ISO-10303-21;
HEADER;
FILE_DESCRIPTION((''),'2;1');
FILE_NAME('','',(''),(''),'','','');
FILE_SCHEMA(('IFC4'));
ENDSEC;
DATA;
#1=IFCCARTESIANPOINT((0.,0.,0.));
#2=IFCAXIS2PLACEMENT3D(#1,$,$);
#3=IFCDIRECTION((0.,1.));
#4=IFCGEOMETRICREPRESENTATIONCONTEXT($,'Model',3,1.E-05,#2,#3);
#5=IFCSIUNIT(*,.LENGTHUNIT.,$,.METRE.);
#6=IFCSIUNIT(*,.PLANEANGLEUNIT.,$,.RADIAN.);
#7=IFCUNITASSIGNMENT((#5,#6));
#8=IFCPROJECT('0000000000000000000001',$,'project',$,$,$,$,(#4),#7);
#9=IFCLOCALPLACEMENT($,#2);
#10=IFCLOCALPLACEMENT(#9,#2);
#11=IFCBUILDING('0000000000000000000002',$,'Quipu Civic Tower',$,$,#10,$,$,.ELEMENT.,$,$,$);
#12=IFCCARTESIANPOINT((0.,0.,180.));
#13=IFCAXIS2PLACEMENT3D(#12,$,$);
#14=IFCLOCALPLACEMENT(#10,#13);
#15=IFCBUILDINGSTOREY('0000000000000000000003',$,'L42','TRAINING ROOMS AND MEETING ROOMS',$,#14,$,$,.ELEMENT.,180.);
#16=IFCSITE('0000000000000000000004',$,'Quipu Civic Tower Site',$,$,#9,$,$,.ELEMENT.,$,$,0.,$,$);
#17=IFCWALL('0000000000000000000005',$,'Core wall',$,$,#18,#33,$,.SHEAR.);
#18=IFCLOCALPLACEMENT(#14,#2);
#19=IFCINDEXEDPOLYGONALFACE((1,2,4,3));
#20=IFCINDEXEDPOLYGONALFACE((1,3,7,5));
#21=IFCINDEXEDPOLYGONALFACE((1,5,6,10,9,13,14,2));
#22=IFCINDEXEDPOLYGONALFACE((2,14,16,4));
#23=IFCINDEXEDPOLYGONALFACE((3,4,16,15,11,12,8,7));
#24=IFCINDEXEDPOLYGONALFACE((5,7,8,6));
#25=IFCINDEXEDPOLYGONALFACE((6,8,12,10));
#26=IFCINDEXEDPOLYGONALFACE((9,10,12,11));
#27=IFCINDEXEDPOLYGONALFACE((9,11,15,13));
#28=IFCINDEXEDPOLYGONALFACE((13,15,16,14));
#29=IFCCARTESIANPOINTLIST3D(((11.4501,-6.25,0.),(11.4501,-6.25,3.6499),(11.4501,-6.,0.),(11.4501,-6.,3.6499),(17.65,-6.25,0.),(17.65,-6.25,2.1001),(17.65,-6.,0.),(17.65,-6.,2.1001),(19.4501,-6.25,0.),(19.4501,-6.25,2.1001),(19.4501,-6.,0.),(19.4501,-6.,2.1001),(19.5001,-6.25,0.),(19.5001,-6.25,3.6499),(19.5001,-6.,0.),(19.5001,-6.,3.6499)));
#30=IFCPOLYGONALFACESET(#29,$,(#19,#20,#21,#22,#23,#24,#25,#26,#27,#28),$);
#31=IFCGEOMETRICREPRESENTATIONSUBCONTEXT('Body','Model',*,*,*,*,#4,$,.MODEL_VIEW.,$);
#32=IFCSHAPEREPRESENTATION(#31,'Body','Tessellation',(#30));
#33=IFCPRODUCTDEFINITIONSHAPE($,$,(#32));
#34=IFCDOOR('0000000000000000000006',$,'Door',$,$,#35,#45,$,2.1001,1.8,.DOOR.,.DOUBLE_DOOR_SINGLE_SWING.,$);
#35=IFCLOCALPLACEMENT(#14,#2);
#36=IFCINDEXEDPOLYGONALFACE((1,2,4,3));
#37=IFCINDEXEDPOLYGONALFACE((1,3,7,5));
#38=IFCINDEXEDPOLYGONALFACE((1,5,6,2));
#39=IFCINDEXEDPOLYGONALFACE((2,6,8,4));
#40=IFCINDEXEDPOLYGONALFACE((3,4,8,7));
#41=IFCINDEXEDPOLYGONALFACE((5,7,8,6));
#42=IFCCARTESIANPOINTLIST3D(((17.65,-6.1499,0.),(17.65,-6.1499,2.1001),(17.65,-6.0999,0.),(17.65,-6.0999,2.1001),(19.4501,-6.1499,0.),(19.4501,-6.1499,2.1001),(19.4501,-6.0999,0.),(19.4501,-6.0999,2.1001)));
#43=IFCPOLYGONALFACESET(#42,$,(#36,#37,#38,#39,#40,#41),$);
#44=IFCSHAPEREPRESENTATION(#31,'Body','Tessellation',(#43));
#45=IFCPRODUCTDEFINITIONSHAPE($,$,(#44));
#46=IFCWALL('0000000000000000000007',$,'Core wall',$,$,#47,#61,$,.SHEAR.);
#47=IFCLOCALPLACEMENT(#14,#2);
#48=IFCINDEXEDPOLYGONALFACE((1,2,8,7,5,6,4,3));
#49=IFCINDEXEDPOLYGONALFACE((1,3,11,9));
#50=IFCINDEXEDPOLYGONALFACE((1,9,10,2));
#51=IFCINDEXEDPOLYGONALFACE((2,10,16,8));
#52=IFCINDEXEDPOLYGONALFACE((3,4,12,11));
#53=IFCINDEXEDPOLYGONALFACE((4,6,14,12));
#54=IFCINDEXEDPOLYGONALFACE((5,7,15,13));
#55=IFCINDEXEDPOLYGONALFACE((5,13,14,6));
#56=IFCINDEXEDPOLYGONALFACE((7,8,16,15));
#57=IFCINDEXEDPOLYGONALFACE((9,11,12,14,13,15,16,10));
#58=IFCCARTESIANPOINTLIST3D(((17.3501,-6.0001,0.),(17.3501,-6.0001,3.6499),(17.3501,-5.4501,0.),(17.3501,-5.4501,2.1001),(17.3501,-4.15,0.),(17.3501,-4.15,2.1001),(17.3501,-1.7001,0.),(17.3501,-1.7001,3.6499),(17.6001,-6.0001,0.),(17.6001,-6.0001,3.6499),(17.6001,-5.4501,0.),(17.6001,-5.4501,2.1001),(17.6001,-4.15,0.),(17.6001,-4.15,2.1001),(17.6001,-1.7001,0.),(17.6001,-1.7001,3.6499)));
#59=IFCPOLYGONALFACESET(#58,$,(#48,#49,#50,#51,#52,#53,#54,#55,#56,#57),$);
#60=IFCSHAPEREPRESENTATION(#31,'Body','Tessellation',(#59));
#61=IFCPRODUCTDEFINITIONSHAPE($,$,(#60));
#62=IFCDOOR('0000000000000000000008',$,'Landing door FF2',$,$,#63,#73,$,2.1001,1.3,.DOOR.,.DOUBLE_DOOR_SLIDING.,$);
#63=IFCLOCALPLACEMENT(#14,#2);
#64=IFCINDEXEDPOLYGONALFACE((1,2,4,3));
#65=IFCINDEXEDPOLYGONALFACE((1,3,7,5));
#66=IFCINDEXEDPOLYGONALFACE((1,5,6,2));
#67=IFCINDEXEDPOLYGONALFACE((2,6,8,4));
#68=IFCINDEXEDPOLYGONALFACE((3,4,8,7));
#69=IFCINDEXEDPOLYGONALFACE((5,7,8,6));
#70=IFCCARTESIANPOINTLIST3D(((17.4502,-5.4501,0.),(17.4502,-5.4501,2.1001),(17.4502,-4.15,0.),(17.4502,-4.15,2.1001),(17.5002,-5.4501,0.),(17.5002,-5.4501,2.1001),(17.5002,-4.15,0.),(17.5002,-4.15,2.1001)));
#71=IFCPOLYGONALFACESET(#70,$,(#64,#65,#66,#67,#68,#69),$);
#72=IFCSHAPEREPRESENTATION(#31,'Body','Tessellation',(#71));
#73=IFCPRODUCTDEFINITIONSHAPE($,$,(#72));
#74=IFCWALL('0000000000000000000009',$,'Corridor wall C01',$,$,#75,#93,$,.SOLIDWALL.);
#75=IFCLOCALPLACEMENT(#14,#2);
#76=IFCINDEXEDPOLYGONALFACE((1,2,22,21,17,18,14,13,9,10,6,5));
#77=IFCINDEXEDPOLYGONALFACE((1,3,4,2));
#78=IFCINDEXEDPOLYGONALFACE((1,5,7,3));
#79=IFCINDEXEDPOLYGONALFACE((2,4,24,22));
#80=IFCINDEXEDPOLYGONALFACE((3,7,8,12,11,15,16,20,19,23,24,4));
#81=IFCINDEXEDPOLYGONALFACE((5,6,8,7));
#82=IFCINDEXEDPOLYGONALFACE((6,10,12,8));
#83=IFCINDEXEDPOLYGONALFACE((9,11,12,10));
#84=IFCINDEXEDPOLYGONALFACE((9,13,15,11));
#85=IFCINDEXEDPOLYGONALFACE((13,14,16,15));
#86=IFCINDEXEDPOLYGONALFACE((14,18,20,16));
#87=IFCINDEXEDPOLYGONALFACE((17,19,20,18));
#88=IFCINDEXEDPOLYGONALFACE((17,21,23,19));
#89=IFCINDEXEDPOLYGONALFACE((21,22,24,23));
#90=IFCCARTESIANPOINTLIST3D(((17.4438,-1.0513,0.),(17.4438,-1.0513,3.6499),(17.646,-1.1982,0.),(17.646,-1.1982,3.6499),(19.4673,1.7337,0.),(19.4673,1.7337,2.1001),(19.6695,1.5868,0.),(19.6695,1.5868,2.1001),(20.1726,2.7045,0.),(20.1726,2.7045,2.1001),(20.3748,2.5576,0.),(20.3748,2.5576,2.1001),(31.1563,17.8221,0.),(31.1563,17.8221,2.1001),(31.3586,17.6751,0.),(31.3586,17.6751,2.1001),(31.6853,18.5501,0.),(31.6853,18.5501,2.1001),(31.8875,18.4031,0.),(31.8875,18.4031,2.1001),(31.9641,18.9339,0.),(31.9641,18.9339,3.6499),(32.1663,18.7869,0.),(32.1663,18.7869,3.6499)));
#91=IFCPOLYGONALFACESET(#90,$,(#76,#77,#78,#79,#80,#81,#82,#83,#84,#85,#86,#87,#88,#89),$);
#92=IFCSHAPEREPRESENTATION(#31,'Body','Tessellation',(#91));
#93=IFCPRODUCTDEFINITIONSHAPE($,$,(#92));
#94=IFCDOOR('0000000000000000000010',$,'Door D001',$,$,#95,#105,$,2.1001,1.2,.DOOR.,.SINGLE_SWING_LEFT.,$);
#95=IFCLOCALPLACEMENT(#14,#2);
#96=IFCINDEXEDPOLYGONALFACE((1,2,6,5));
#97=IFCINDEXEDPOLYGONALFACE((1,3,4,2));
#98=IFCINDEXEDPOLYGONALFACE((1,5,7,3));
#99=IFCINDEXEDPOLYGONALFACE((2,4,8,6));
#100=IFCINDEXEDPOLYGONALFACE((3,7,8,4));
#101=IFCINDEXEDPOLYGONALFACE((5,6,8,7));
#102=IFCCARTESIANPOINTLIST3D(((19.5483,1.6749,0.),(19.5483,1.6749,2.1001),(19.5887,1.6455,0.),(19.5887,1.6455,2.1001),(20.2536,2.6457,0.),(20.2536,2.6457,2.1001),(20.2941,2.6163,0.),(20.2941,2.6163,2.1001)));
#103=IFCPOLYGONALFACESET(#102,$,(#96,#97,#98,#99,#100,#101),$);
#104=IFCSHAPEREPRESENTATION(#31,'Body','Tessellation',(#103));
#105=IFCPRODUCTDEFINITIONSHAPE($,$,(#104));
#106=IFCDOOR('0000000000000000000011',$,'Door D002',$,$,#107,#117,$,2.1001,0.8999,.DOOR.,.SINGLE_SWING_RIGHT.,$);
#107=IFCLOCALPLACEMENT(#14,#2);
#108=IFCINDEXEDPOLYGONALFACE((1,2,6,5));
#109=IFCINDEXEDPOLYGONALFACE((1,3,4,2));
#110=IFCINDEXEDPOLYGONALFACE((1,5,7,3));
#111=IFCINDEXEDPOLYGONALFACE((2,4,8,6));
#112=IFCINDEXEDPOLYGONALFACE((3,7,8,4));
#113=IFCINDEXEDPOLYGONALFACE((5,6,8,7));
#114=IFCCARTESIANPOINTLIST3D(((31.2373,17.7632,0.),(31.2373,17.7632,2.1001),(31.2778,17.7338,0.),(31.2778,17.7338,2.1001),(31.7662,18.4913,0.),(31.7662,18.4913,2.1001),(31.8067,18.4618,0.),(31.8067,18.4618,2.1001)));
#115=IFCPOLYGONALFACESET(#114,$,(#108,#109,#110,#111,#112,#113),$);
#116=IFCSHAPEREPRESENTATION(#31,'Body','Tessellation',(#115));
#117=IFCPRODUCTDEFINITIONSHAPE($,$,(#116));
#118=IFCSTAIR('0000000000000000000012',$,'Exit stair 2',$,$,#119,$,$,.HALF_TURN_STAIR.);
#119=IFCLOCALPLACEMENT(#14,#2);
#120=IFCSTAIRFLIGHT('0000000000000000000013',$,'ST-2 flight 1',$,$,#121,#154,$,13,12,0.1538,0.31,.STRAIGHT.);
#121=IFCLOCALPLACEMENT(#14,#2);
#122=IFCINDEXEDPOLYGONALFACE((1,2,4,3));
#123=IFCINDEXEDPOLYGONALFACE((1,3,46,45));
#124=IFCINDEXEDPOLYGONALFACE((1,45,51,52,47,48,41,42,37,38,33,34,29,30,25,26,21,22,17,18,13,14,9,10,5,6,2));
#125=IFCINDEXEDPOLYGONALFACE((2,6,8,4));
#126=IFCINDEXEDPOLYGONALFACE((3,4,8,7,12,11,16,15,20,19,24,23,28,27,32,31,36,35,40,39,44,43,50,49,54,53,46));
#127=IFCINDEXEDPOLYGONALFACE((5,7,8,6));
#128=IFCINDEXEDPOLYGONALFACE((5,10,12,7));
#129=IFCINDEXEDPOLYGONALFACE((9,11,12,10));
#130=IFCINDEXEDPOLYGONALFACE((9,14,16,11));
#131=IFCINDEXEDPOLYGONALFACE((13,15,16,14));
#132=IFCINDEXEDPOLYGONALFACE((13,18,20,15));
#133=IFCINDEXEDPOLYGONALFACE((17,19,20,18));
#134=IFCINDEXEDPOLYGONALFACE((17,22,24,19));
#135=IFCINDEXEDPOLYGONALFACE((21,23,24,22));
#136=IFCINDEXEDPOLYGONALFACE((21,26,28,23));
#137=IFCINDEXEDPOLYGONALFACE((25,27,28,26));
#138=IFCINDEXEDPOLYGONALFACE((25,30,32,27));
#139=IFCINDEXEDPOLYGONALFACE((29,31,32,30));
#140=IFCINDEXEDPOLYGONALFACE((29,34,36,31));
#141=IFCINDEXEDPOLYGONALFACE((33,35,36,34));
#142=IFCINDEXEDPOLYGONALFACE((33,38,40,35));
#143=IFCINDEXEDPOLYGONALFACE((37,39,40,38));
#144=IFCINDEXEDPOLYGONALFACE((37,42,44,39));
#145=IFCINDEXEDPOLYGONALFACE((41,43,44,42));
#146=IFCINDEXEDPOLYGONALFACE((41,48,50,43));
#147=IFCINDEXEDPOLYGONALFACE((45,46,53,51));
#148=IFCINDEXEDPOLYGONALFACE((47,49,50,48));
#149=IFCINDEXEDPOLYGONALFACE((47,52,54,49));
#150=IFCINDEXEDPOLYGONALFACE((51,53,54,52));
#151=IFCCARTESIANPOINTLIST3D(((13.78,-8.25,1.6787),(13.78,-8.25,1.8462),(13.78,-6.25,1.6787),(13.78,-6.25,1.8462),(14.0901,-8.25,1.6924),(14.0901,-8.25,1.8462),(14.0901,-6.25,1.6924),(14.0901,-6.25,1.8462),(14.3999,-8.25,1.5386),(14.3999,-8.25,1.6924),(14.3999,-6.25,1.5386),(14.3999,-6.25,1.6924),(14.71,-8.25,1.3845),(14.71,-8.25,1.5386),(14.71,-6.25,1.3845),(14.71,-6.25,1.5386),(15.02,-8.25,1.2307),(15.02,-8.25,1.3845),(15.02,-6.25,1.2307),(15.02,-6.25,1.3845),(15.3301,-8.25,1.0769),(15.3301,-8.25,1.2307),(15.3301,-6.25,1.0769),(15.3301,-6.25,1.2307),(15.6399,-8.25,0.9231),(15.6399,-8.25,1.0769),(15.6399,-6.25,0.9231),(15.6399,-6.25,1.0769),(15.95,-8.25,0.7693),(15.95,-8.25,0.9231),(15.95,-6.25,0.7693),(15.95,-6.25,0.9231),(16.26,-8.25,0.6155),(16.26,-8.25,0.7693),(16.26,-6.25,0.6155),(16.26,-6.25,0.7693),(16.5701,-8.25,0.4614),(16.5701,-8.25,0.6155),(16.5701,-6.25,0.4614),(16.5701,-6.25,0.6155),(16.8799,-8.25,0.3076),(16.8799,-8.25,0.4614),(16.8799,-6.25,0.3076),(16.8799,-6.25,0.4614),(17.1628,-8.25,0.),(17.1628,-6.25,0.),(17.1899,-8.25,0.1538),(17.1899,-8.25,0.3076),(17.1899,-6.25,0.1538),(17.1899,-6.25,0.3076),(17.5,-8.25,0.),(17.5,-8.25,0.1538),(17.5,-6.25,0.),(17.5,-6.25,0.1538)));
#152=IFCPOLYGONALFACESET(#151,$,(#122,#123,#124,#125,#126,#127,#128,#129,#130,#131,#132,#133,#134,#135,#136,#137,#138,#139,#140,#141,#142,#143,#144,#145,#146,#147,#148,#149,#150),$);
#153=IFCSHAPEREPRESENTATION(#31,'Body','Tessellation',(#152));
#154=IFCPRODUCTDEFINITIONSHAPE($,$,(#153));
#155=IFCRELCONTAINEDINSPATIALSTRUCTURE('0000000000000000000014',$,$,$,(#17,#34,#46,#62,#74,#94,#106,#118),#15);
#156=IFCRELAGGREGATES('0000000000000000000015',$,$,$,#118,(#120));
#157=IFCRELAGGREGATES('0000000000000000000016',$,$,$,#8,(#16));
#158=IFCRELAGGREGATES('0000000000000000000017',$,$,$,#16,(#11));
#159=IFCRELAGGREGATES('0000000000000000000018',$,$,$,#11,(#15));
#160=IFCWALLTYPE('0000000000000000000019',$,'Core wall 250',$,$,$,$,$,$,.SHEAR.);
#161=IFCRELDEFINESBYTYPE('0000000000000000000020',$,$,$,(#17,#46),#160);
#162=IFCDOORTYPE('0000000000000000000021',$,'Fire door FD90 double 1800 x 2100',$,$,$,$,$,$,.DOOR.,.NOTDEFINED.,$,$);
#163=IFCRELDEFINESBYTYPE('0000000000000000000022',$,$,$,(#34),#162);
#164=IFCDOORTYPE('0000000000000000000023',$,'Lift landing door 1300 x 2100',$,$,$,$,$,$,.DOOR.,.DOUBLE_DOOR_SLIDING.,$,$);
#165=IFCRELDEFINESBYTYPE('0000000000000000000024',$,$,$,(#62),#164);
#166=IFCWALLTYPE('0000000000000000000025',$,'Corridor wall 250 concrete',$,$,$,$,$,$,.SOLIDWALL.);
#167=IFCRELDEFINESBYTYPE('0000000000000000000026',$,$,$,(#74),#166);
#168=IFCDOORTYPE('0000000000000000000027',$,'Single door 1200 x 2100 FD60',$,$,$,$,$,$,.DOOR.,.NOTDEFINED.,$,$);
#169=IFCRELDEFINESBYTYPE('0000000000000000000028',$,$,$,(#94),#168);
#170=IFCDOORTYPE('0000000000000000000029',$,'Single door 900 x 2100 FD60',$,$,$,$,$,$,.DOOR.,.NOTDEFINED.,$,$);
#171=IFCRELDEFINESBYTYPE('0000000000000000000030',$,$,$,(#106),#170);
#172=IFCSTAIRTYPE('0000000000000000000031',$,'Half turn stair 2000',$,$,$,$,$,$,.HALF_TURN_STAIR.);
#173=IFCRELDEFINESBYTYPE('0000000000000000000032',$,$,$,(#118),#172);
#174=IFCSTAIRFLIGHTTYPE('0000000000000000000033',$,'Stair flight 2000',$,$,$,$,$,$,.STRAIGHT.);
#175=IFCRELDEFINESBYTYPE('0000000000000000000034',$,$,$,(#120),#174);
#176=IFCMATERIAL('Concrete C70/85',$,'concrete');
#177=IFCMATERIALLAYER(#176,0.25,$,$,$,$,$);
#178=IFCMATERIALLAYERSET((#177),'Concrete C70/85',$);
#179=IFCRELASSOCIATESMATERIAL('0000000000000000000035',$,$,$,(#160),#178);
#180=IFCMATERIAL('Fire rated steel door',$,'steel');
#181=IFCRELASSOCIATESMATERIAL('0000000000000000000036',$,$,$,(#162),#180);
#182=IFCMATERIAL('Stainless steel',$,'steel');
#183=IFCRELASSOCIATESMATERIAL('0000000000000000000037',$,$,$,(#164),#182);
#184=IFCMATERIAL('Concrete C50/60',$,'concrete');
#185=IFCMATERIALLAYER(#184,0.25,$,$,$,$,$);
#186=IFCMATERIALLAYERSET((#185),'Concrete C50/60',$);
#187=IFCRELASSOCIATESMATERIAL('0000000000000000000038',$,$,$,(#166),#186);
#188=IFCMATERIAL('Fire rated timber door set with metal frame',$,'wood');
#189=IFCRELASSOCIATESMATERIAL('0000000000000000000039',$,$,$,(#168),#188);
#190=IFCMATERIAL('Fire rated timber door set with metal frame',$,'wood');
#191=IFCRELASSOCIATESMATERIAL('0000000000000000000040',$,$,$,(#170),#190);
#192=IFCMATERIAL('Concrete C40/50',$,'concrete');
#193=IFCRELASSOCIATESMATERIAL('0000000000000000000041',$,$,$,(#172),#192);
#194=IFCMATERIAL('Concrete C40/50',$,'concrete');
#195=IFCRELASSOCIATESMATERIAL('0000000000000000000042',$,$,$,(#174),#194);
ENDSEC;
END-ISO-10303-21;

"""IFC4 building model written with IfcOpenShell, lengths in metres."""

from ifc_helpers import new_model, si_unit, direction, frame, frame_2d, origin, place, context, subcontext, project, spatial, polyline, rectangle, outline, extrude, material, layer, layer_set, type_object, element, fill, aggregate, save


model = new_model("IFC4")

# Units and contexts
model_context = context("Model", 3, precision=1e-05, world=origin(), true_north=direction((0.0, 1.0)))
body_context = subcontext(model_context, "Body", "Model", "MODEL_VIEW")
ifc_project = project(units=[si_unit("LENGTHUNIT", "METRE"), si_unit("PLANEANGLEUNIT", "RADIAN")], contexts=[model_context])

# Site, building, storey
site_placement = place(None, origin())
site = spatial("IfcSite", under=ifc_project, at=site_placement, Name="Quipu Civic Tower Site", CompositionType="ELEMENT", RefElevation=0.0)
building_placement = place(site_placement, origin())
building = spatial("IfcBuilding", under=site, at=building_placement, Name="Quipu Civic Tower", CompositionType="ELEMENT")
storey_placement = place(building_placement, frame((0.0, 0.0, 180.0)))
storey = spatial("IfcBuildingStorey", under=building, at=storey_placement, Name="L42", Description="TRAINING ROOMS AND MEETING ROOMS", CompositionType="ELEMENT", Elevation=180.0)

# Walls, openings, doors
ifc_material_1 = material(Name="Concrete C70/85", Category="concrete")
ifc_layer_1 = layer(ifc_material_1, 0.25)
ifc_layer_set_1 = layer_set([ifc_layer_1], Name="Concrete C70/85")
wall_type_1 = type_object("IfcWallType", Name="Core wall 250", PredefinedType="SHEAR", material=ifc_layer_set_1)
wall_1_placement = place(storey_placement, frame((19.5, -6.125, 0.0), z_axis=(0.0, 0.0, 1.0), x_axis=(-1.0, 0.0, 0.0)))
wall_1 = element("IfcWall", 1, at=wall_1_placement, inside=storey, type_object=wall_type_1, Name="Core wall", PredefinedType="SHEAR", context=body_context, shape_type="SweptSolid", body=[
    extrude(rectangle(XDim=8.05, YDim=0.25, at=frame_2d((4.0249, 0.0))), origin(), (0.0, 0.0, 1.0), 3.6499),
])
opening_1_placement = place(wall_1_placement, frame((0.05, 0.0, 0.0)))
opening_1 = element("IfcOpeningElement", 2, at=opening_1_placement, cuts=wall_1, PredefinedType="OPENING", context=body_context, shape_type="SweptSolid", body=[
    extrude(rectangle(XDim=1.8, YDim=2.1001, at=frame_2d((0.8999, 1.05))), frame((0.0, 0.135, 0.0), z_axis=(0.0, -1.0, 0.0), x_axis=(1.0, 0.0, 0.0)), (0.0, 0.0, 1.0), 0.27),
])
ifc_material_2 = material(Name="Fire rated steel door", Category="steel")
door_type_1 = type_object("IfcDoorType", Name="Fire door FD90 double 1800 x 2100", OperationType="NOTDEFINED", PredefinedType="DOOR", material=ifc_material_2)
door_1_placement = place(opening_1_placement, origin())
door_1 = element("IfcDoor", 3, at=door_1_placement, inside=storey, type_object=door_type_1, Name="Door", OperationType="DOUBLE_DOOR_SINGLE_SWING", OverallHeight=2.1001, OverallWidth=1.8, PredefinedType="DOOR", context=body_context, shape_type="SweptSolid", body=[
    extrude(rectangle(XDim=1.8, YDim=2.1001, at=frame_2d((0.8999, 1.05))), frame((0.0, 0.0249, 0.0), z_axis=(0.0, -1.0, 0.0), x_axis=(1.0, 0.0, 0.0)), (0.0, 0.0, 1.0), 0.05),
])
fill(opening_1, door_1)
wall_2_placement = place(storey_placement, frame((17.4751, -6.0, 0.0), z_axis=(0.0, 0.0, 1.0), x_axis=(0.0, 1.0, 0.0)))
wall_2 = element("IfcWall", 4, at=wall_2_placement, inside=storey, type_object=wall_type_1, Name="Core wall", PredefinedType="SHEAR", context=body_context, shape_type="SweptSolid", body=[
    extrude(rectangle(XDim=4.3, YDim=0.25, at=frame_2d((2.1499, 0.0))), origin(), (0.0, 0.0, 1.0), 3.6499),
])
opening_2_placement = place(wall_2_placement, frame((0.55, 0.0, 0.0)))
opening_2 = element("IfcOpeningElement", 5, at=opening_2_placement, cuts=wall_2, PredefinedType="OPENING", context=body_context, shape_type="SweptSolid", body=[
    extrude(rectangle(XDim=1.3, YDim=2.1001, at=frame_2d((0.6499, 1.05))), frame((0.0, 0.135, 0.0), z_axis=(0.0, -1.0, 0.0), x_axis=(1.0, 0.0, 0.0)), (0.0, 0.0, 1.0), 0.27),
])
ifc_material_3 = material(Name="Stainless steel", Category="steel")
door_type_2 = type_object("IfcDoorType", Name="Lift landing door 1300 x 2100", OperationType="DOUBLE_DOOR_SLIDING", PredefinedType="DOOR", material=ifc_material_3)
door_2_placement = place(opening_2_placement, origin())
door_2 = element("IfcDoor", 6, at=door_2_placement, inside=storey, type_object=door_type_2, Name="Landing door FF2", OperationType="DOUBLE_DOOR_SLIDING", OverallHeight=2.1001, OverallWidth=1.3, PredefinedType="DOOR", context=body_context, shape_type="SweptSolid", body=[
    extrude(rectangle(XDim=1.3, YDim=2.1001, at=frame_2d((0.6499, 1.05))), frame((0.0, 0.0249, 0.0), z_axis=(0.0, -1.0, 0.0), x_axis=(1.0, 0.0, 0.0)), (0.0, 0.0, 1.0), 0.05),
])
fill(opening_2, door_2)

# Wall, openings, doors
ifc_material_4 = material(Name="Concrete C50/60", Category="concrete")
ifc_layer_2 = layer(ifc_material_4, 0.25)
ifc_layer_set_2 = layer_set([ifc_layer_2], Name="Concrete C50/60")
wall_type_2 = type_object("IfcWallType", Name="Corridor wall 250 concrete", PredefinedType="SOLIDWALL", material=ifc_layer_set_2)
wall_3_placement = place(storey_placement, frame((17.5449, -1.1248, 0.0), z_axis=(0.0, 0.0, 1.0), x_axis=(0.587791, 0.809013, 0.0)))
wall_3 = element("IfcWall", 7, at=wall_3_placement, inside=storey, type_object=wall_type_2, Name="Corridor wall C01", PredefinedType="SOLIDWALL", context=body_context, shape_type="SweptSolid", body=[
    extrude(rectangle(XDim=24.7031, YDim=0.25, at=frame_2d((12.3516, 0.0))), origin(), (0.0, 0.0, 1.0), 3.6499),
])
opening_3_placement = place(wall_3_placement, frame((23.3289, 0.0, 0.0)))
opening_3 = element("IfcOpeningElement", 8, at=opening_3_placement, cuts=wall_3, PredefinedType="OPENING", context=body_context, shape_type="SweptSolid", body=[
    extrude(rectangle(XDim=0.8999, YDim=2.1001, at=frame_2d((0.45, 1.05))), frame((0.0, 0.135, 0.0), z_axis=(0.0, -1.0, 0.0), x_axis=(1.0, 0.0, 0.0)), (0.0, 0.0, 1.0), 0.27),
])
opening_4_placement = place(wall_3_placement, frame((3.4424, 0.0, 0.0)))
opening_4 = element("IfcOpeningElement", 9, at=opening_4_placement, cuts=wall_3, PredefinedType="OPENING", context=body_context, shape_type="SweptSolid", body=[
    extrude(rectangle(XDim=1.2, YDim=2.1001, at=frame_2d((0.6001, 1.05))), frame((0.0, 0.135, 0.0), z_axis=(0.0, -1.0, 0.0), x_axis=(1.0, 0.0, 0.0)), (0.0, 0.0, 1.0), 0.27),
])
ifc_material_5 = material(Name="Fire rated timber door set with metal frame", Category="wood")
door_type_3 = type_object("IfcDoorType", Name="Single door 1200 x 2100 FD60", OperationType="NOTDEFINED", PredefinedType="DOOR", material=ifc_material_5)
door_3_placement = place(opening_4_placement, origin())
door_3 = element("IfcDoor", 10, at=door_3_placement, inside=storey, type_object=door_type_3, Name="Door D001", OperationType="SINGLE_SWING_LEFT", OverallHeight=2.1001, OverallWidth=1.2, PredefinedType="DOOR", context=body_context, shape_type="SweptSolid", body=[
    extrude(rectangle(XDim=1.2, YDim=2.1001, at=frame_2d((0.6001, 1.05))), frame((0.0, 0.0249, 0.0), z_axis=(0.0, -1.0, 0.0), x_axis=(1.0, 0.0, 0.0)), (0.0, 0.0, 1.0), 0.05),
])
fill(opening_4, door_3)
ifc_material_6 = material(Name="Fire rated timber door set with metal frame", Category="wood")
door_type_4 = type_object("IfcDoorType", Name="Single door 900 x 2100 FD60", OperationType="NOTDEFINED", PredefinedType="DOOR", material=ifc_material_6)
door_4_placement = place(opening_3_placement, origin())
door_4 = element("IfcDoor", 11, at=door_4_placement, inside=storey, type_object=door_type_4, Name="Door D002", OperationType="SINGLE_SWING_RIGHT", OverallHeight=2.1001, OverallWidth=0.8999, PredefinedType="DOOR", context=body_context, shape_type="SweptSolid", body=[
    extrude(rectangle(XDim=0.8999, YDim=2.1001, at=frame_2d((0.45, 1.05))), frame((0.0, 0.0249, 0.0), z_axis=(0.0, -1.0, 0.0), x_axis=(1.0, 0.0, 0.0)), (0.0, 0.0, 1.0), 0.05),
])
fill(opening_3, door_4)

# Stair, stair flight
ifc_material_7 = material(Name="Concrete C40/50", Category="concrete")
stair_type = type_object("IfcStairType", Name="Half turn stair 2000", PredefinedType="HALF_TURN_STAIR", material=ifc_material_7)
stair_placement = place(storey_placement, origin())
stair = element("IfcStair", 12, at=stair_placement, inside=storey, type_object=stair_type, Name="Exit stair 2", PredefinedType="HALF_TURN_STAIR")
ifc_material_8 = material(Name="Concrete C40/50", Category="concrete")
stair_flight_type = type_object("IfcStairFlightType", Name="Stair flight 2000", PredefinedType="STRAIGHT", material=ifc_material_8)
stair_flight_placement = place(storey_placement, frame((17.5, -7.25, 0.0), z_axis=(0.0, 0.0, 1.0), x_axis=(-1.0, 0.0, 0.0)))
stair_flight = element("IfcStairFlight", 13, at=stair_flight_placement, type_object=stair_flight_type, Name="ST-2 flight 1", NumberOfRisers=13, NumberOfTreads=12, PredefinedType="STRAIGHT", RiserHeight=0.1538, TreadLength=0.31, context=body_context, shape_type="SweptSolid", body=[
    extrude(outline(polyline([(0.0, 0.0), (0.0, 0.1538), (0.3101, 0.1538), (0.3101, 0.3076), (0.6201, 0.3076), (0.6201, 0.4614), (0.9299, 0.4614), (0.9299, 0.6155), (1.24, 0.6155), (1.24, 0.7693), (1.55, 0.7693), (1.55, 0.9231), (1.8601, 0.9231), (1.8601, 1.0769), (2.1699, 1.0769), (2.1699, 1.2307), (2.48, 1.2307), (2.48, 1.3845), (2.79, 1.3845), (2.79, 1.5386), (3.1001, 1.5386), (3.1001, 1.6924), (3.4099, 1.6924), (3.4099, 1.8462), (3.72, 1.8462), (3.72, 2.0), (3.72, 1.6787), (0.3372, 0.0), (0.0, 0.0)])), frame((0.0, 1.0, 0.0), z_axis=(0.0, -1.0, 0.0), x_axis=(1.0, 0.0, 0.0)), (0.0, 0.0, 1.0), 2.0),
])
aggregate(stair, [stair_flight])

save(model, "model.ifc")
